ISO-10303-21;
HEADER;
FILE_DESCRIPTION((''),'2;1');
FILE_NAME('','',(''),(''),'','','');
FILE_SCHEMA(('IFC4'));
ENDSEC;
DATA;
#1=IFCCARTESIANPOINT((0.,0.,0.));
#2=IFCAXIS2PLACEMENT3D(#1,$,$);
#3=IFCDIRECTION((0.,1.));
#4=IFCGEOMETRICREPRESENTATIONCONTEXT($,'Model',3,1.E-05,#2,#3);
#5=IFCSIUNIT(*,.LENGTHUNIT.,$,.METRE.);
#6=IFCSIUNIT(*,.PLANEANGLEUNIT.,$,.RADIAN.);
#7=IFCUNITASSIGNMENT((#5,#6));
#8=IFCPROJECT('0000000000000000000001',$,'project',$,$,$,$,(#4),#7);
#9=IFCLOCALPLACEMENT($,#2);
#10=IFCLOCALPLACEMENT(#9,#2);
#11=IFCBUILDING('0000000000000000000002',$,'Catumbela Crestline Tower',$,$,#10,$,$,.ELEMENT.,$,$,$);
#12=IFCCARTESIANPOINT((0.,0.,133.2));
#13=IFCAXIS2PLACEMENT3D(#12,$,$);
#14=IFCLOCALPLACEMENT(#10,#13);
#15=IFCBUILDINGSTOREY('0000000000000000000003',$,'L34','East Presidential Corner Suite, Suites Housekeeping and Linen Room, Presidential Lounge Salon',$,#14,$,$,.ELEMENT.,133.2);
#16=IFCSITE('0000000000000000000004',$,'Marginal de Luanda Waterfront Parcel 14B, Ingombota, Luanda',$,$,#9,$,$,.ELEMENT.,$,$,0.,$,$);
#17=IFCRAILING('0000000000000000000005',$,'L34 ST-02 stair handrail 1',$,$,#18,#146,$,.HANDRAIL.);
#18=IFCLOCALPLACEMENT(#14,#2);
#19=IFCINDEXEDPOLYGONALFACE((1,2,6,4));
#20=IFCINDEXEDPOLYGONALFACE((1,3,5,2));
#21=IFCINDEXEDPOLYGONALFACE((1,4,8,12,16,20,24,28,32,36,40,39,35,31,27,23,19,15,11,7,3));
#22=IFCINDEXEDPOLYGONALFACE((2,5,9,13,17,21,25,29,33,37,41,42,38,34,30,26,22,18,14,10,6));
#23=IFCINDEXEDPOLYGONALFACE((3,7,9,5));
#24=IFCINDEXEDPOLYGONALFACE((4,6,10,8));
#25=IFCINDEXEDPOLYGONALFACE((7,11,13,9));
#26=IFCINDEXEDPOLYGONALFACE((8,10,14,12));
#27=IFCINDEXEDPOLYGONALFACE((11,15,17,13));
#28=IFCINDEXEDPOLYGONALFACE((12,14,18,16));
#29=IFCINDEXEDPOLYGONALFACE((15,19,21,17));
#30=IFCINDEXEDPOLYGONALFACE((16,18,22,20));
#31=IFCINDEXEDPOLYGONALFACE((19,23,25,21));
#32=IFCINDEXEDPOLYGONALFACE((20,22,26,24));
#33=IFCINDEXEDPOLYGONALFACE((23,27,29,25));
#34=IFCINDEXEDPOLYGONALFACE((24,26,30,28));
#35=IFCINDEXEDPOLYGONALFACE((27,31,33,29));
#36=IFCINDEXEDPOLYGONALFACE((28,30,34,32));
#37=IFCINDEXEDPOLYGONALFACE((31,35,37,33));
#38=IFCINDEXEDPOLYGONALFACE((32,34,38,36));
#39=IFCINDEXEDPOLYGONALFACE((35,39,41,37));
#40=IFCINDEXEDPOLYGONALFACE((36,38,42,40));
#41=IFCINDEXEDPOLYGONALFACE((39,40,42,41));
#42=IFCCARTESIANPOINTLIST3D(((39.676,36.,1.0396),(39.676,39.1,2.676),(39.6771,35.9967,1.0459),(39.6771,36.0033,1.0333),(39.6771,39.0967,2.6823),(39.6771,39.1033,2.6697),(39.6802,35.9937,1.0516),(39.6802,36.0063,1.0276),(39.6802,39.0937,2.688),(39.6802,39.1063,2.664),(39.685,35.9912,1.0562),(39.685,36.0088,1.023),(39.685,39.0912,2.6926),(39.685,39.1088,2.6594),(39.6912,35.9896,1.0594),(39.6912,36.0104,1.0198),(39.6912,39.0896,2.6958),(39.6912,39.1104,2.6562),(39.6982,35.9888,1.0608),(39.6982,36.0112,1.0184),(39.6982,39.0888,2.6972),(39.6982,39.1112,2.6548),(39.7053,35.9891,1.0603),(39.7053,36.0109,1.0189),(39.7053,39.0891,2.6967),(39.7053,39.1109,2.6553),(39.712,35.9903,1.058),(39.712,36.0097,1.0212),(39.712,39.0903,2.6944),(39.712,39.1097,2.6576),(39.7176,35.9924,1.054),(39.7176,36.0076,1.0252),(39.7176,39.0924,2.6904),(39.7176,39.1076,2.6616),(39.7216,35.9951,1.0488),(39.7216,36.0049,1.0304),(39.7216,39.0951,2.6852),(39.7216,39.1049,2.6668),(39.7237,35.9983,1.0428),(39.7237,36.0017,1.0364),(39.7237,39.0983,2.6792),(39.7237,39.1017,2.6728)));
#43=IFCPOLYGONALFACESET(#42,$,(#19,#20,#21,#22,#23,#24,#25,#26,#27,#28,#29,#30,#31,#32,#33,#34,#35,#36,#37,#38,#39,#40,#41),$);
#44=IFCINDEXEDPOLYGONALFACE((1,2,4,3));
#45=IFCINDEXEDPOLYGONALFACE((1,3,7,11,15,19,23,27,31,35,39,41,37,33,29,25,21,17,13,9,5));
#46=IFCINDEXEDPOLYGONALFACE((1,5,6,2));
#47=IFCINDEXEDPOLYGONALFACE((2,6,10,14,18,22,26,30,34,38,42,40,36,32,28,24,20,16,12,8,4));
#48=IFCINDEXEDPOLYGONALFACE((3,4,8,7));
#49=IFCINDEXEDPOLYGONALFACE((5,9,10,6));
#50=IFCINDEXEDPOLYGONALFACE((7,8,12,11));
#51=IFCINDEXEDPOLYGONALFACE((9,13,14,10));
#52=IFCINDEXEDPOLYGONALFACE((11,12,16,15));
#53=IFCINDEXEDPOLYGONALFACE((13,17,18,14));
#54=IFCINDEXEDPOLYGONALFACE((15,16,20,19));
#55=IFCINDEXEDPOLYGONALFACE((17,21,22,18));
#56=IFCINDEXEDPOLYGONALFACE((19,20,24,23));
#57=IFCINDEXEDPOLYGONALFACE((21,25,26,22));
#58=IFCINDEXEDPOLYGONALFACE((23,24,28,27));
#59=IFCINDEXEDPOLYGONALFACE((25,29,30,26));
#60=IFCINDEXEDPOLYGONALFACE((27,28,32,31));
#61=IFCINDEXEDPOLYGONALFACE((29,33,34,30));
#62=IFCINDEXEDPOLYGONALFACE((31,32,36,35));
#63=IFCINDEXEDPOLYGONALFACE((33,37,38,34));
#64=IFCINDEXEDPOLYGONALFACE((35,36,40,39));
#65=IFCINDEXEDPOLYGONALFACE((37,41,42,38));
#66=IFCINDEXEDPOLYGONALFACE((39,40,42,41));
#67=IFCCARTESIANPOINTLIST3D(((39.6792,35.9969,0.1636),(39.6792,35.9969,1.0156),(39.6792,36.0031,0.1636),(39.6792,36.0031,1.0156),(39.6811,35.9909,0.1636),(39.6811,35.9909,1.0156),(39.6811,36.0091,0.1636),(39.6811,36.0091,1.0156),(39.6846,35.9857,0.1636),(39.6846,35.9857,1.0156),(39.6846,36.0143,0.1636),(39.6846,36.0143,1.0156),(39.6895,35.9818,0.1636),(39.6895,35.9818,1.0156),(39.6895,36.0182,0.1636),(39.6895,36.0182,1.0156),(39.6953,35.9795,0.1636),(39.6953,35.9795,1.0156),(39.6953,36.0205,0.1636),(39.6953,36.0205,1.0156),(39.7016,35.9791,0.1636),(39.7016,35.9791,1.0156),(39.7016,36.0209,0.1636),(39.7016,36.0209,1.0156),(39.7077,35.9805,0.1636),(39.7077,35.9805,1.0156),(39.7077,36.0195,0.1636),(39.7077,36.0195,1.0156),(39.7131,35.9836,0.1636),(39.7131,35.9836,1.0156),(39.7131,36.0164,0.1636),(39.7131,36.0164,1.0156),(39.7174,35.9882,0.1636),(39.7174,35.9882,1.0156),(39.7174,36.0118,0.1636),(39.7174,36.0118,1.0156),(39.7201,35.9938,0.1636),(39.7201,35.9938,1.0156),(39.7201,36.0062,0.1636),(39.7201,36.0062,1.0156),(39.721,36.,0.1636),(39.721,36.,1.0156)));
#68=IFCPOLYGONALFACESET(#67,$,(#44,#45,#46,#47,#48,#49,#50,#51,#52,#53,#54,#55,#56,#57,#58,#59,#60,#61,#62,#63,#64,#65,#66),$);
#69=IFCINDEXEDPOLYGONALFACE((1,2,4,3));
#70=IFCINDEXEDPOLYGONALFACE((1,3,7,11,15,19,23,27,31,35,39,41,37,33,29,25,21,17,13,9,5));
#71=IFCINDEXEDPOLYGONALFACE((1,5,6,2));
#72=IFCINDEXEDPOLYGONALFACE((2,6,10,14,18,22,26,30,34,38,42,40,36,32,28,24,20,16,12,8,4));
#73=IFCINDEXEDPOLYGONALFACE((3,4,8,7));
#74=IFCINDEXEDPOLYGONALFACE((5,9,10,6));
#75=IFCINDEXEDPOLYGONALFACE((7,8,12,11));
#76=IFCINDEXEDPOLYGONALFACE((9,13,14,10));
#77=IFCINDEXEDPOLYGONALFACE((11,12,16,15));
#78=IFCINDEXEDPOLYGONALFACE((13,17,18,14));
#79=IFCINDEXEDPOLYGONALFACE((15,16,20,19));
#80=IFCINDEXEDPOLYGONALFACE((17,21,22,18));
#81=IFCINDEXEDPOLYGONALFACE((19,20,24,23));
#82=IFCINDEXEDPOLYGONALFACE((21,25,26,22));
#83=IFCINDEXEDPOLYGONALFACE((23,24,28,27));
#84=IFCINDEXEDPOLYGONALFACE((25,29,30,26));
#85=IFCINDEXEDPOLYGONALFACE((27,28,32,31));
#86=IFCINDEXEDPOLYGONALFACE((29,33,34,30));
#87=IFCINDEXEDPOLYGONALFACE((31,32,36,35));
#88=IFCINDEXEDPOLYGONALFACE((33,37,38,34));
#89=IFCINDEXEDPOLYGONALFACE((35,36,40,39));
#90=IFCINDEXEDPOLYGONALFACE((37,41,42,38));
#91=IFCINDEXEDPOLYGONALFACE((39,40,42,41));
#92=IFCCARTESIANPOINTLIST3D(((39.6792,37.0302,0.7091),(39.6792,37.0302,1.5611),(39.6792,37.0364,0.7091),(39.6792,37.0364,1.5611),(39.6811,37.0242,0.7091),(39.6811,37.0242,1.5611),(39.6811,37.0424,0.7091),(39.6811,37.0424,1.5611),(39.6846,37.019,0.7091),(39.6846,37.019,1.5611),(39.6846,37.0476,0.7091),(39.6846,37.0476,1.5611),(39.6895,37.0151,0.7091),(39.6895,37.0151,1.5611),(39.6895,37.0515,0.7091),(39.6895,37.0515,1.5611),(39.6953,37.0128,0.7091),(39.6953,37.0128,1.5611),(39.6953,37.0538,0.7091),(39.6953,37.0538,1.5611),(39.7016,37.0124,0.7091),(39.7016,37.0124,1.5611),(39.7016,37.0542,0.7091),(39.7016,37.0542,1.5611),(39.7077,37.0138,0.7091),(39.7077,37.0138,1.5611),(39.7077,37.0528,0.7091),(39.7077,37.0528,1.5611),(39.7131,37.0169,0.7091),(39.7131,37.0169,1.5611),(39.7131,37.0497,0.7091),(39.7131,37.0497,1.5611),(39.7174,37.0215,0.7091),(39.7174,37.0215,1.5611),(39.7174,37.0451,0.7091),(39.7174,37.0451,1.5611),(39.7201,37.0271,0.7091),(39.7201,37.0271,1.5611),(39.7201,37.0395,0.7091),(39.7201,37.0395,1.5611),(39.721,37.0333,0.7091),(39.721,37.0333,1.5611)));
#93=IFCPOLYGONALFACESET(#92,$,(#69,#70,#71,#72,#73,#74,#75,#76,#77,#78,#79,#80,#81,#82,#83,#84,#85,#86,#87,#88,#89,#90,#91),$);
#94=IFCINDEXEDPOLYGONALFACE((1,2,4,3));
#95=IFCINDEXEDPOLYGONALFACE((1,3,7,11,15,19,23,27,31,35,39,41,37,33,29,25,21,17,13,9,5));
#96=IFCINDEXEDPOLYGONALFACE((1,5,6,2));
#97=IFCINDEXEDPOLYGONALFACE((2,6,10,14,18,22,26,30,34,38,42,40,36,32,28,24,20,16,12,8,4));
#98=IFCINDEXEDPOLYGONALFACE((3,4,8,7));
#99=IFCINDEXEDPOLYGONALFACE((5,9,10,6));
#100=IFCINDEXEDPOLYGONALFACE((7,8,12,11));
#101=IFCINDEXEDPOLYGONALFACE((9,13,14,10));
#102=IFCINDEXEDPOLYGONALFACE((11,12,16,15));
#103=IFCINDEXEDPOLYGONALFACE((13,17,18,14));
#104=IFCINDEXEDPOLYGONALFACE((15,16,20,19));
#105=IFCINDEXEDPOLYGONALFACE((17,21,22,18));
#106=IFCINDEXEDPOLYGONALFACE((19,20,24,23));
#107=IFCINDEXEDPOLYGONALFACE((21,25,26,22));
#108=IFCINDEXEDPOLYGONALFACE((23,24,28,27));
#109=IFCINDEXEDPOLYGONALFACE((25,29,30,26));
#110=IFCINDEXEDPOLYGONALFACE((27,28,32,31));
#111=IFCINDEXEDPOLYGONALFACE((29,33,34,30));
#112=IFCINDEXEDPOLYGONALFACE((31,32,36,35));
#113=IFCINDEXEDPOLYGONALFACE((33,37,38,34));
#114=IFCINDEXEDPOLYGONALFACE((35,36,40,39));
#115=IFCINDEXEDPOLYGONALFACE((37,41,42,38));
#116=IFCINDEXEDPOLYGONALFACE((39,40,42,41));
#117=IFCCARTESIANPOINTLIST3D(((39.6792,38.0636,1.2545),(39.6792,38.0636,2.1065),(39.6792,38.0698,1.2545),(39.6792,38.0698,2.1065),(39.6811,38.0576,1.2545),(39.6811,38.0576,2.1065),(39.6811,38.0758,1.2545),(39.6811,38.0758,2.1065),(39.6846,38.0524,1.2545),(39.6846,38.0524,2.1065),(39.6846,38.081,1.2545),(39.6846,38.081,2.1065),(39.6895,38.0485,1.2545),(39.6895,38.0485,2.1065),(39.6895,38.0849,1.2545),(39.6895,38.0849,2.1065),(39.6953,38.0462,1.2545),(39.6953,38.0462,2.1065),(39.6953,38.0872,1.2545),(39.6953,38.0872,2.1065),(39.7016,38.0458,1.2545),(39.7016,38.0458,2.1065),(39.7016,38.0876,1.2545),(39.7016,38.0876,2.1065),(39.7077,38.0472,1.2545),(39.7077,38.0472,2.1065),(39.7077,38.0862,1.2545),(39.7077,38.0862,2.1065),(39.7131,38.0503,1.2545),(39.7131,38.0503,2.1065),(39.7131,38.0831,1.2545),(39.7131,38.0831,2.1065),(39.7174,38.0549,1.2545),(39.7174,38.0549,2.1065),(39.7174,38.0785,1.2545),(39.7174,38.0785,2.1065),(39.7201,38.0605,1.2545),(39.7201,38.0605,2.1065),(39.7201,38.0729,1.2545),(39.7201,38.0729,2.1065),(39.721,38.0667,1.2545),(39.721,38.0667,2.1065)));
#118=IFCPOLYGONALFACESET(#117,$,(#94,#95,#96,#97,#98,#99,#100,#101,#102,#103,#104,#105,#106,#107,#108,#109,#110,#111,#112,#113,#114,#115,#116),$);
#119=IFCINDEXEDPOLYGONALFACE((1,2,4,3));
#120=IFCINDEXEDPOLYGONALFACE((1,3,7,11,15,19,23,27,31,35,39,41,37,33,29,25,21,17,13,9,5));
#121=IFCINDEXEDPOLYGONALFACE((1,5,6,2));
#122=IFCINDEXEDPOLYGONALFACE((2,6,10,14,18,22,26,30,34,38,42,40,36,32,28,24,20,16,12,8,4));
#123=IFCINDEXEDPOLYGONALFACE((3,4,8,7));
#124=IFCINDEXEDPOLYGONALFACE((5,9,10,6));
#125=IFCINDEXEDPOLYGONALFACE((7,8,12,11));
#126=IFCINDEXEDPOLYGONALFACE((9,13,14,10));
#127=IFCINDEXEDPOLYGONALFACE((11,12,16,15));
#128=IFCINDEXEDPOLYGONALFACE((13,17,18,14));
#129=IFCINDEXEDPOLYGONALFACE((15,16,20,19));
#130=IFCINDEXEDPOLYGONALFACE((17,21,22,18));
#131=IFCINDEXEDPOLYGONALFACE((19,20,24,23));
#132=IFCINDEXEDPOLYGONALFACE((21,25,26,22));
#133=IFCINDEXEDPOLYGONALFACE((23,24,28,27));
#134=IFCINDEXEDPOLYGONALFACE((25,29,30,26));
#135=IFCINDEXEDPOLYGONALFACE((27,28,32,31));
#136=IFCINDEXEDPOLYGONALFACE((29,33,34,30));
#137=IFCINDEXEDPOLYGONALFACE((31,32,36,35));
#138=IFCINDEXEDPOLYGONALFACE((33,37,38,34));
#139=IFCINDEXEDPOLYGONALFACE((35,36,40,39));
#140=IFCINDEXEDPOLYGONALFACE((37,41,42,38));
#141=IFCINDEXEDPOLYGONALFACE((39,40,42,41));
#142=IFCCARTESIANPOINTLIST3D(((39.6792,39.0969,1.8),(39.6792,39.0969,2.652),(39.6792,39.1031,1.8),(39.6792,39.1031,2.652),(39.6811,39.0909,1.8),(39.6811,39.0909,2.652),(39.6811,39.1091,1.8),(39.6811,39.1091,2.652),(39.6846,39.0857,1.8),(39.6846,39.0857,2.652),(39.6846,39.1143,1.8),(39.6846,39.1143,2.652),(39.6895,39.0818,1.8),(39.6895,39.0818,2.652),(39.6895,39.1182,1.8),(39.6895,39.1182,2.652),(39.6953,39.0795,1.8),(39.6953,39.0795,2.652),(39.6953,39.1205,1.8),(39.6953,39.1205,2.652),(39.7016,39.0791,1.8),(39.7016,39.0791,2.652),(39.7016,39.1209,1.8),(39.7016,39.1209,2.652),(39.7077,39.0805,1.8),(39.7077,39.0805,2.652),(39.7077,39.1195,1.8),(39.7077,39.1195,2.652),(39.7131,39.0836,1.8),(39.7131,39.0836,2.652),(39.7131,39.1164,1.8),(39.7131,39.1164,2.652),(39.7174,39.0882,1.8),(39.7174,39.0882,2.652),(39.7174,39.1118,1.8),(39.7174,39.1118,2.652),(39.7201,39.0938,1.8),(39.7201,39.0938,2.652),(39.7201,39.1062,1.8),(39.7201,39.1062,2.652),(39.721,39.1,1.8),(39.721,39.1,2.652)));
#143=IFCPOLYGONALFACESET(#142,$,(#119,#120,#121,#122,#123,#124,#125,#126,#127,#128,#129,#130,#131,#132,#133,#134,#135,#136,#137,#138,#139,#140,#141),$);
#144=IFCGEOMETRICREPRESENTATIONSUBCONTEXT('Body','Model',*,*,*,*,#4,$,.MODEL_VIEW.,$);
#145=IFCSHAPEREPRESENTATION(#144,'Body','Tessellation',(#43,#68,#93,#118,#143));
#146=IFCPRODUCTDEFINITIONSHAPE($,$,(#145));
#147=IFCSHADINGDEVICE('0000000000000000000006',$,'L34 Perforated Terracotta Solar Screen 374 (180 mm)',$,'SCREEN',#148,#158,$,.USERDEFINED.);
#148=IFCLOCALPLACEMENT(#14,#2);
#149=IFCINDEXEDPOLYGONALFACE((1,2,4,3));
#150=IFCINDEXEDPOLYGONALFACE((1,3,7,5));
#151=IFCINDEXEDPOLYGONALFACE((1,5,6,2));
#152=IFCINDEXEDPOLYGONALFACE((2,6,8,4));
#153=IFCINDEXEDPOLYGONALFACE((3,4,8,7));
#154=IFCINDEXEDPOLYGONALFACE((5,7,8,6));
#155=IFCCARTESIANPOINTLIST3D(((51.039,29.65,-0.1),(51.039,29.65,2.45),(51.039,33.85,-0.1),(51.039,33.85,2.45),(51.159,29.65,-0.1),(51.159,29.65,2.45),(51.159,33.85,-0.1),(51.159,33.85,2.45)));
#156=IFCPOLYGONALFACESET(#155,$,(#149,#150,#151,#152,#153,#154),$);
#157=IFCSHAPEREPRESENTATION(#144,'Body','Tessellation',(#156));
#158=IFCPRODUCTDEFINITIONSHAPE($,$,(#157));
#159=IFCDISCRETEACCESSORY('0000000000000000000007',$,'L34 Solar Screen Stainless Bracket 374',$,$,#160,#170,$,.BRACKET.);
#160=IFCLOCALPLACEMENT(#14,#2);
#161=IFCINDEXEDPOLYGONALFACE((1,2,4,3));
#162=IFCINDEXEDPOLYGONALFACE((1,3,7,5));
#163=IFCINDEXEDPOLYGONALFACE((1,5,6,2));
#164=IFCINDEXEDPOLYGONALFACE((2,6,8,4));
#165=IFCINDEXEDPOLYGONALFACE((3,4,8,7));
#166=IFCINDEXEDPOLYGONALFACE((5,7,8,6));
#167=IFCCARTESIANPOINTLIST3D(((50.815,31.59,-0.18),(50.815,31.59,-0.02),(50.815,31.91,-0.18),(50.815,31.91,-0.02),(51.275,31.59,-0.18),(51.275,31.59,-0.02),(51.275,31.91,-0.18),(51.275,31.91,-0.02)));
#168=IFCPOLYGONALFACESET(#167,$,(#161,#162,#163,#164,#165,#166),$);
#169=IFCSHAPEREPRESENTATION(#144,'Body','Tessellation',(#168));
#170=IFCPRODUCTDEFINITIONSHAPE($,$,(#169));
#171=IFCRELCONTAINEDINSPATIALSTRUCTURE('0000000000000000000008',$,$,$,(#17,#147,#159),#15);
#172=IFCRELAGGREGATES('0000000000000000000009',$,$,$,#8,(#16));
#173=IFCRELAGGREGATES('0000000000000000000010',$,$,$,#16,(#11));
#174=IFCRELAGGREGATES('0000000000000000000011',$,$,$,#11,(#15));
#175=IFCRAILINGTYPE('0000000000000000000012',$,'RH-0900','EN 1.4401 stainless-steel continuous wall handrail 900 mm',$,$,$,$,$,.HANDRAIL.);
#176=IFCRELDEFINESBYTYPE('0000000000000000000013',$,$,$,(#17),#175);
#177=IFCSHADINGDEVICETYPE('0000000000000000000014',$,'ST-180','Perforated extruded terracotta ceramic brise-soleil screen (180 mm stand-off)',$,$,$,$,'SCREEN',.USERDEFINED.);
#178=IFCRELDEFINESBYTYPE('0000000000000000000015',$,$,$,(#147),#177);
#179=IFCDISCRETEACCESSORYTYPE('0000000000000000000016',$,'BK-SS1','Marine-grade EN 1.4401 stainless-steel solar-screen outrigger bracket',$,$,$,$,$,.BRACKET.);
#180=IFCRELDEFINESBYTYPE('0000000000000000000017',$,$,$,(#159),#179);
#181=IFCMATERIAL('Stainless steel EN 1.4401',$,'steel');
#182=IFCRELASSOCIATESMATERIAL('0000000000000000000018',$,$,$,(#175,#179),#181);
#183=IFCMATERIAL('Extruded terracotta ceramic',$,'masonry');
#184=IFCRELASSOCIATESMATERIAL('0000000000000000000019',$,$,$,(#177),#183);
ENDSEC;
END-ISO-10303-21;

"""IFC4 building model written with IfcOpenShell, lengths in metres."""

from ifc_helpers import new_model, si_unit, direction, frame, origin, origin_2d, place, context, subcontext, project, spatial, rectangle, circle, extrude, material, type_object, element, save


model = new_model("IFC4")

# Units and contexts
model_context = context("Model", 3, precision=1e-05, world=origin(), true_north=direction((0.0, 1.0)))
body_context = subcontext(model_context, "Body", "Model", "MODEL_VIEW")
ifc_project = project(units=[si_unit("LENGTHUNIT", "METRE"), si_unit("PLANEANGLEUNIT", "RADIAN")], contexts=[model_context])

# Site, building, storey
site_placement = place(None, origin())
site = spatial("IfcSite", under=ifc_project, at=site_placement, Name="Marginal de Luanda Waterfront Parcel 14B, Ingombota, Luanda", CompositionType="ELEMENT", RefElevation=0.0)
building_placement = place(site_placement, origin())
building = spatial("IfcBuilding", under=site, at=building_placement, Name="Catumbela Crestline Tower", CompositionType="ELEMENT")
storey_placement = place(building_placement, frame((0.0, 0.0, 133.2)))
storey = spatial("IfcBuildingStorey", under=building, at=storey_placement, Name="L34", Description="East Presidential Corner Suite, Suites Housekeeping and Linen Room, Presidential Lounge Salon", CompositionType="ELEMENT", Elevation=133.2)

# Railing
ifc_material_1 = material(Name="Stainless steel EN 1.4401", Category="steel")
railing_type = type_object("IfcRailingType", Name="RH-0900", Description="EN 1.4401 stainless-steel continuous wall handrail 900 mm", PredefinedType="HANDRAIL", material=ifc_material_1)
railing_placement = place(storey_placement, frame((39.7, 36.0, 0.1636)))
element("IfcRailing", 1, at=railing_placement, inside=storey, type_object=railing_type, Name="L34 ST-02 stair handrail 1", PredefinedType="HANDRAIL", context=body_context, shape_type="SweptSolid", body=[
    extrude(circle(Radius=0.024, at=origin_2d()), frame((0.0, 0.0, 0.876), z_axis=(0.0, 0.884351, 0.466823), x_axis=(-1.0, 0.0, 0.0)), (0.0, 0.0, 1.0), 3.5054),
    extrude(circle(Radius=0.021, at=origin_2d()), origin(), (0.0, 0.0, 1.0), 0.852),
    extrude(circle(Radius=0.021, at=origin_2d()), frame((0.0, 1.0333, 0.5455)), (0.0, 0.0, 1.0), 0.852),
    extrude(circle(Radius=0.021, at=origin_2d()), frame((0.0, 2.0667, 1.0909)), (0.0, 0.0, 1.0), 0.852),
    extrude(circle(Radius=0.021, at=origin_2d()), frame((0.0, 3.1, 1.6364)), (0.0, 0.0, 1.0), 0.852),
])

# Shading device
ifc_material_2 = material(Name="Extruded terracotta ceramic", Category="masonry")
shading_device_type = type_object("IfcShadingDeviceType", Name="ST-180", Description="Perforated extruded terracotta ceramic brise-soleil screen (180 mm stand-off)", ElementType="SCREEN", PredefinedType="USERDEFINED", material=ifc_material_2)
shading_device_placement = place(storey_placement, frame((51.099, 31.75, -0.1), z_axis=(0.0, 0.0, 1.0), x_axis=(0.0, 1.0, 0.0)))
element("IfcShadingDevice", 2, at=shading_device_placement, inside=storey, type_object=shading_device_type, Name="L34 Perforated Terracotta Solar Screen 374 (180 mm)", ObjectType="SCREEN", PredefinedType="USERDEFINED", context=body_context, shape_type="SweptSolid", body=[
    extrude(rectangle(XDim=4.2, YDim=0.12, at=origin_2d()), origin(), (0.0, 0.0, 1.0), 2.55),
])

# Discrete accessory
discrete_accessory_type = type_object("IfcDiscreteAccessoryType", Name="BK-SS1", Description="Marine-grade EN 1.4401 stainless-steel solar-screen outrigger bracket", PredefinedType="BRACKET", material=ifc_material_1)
discrete_accessory_placement = place(storey_placement, frame((51.045, 31.75, -0.18), z_axis=(0.0, 0.0, 1.0), x_axis=(0.0, 1.0, 0.0)))
element("IfcDiscreteAccessory", 3, at=discrete_accessory_placement, inside=storey, type_object=discrete_accessory_type, Name="L34 Solar Screen Stainless Bracket 374", PredefinedType="BRACKET", context=body_context, shape_type="SweptSolid", body=[
    extrude(rectangle(XDim=0.32, YDim=0.46, at=origin_2d()), origin(), (0.0, 0.0, 1.0), 0.16),
])

save(model, "model.ifc")
